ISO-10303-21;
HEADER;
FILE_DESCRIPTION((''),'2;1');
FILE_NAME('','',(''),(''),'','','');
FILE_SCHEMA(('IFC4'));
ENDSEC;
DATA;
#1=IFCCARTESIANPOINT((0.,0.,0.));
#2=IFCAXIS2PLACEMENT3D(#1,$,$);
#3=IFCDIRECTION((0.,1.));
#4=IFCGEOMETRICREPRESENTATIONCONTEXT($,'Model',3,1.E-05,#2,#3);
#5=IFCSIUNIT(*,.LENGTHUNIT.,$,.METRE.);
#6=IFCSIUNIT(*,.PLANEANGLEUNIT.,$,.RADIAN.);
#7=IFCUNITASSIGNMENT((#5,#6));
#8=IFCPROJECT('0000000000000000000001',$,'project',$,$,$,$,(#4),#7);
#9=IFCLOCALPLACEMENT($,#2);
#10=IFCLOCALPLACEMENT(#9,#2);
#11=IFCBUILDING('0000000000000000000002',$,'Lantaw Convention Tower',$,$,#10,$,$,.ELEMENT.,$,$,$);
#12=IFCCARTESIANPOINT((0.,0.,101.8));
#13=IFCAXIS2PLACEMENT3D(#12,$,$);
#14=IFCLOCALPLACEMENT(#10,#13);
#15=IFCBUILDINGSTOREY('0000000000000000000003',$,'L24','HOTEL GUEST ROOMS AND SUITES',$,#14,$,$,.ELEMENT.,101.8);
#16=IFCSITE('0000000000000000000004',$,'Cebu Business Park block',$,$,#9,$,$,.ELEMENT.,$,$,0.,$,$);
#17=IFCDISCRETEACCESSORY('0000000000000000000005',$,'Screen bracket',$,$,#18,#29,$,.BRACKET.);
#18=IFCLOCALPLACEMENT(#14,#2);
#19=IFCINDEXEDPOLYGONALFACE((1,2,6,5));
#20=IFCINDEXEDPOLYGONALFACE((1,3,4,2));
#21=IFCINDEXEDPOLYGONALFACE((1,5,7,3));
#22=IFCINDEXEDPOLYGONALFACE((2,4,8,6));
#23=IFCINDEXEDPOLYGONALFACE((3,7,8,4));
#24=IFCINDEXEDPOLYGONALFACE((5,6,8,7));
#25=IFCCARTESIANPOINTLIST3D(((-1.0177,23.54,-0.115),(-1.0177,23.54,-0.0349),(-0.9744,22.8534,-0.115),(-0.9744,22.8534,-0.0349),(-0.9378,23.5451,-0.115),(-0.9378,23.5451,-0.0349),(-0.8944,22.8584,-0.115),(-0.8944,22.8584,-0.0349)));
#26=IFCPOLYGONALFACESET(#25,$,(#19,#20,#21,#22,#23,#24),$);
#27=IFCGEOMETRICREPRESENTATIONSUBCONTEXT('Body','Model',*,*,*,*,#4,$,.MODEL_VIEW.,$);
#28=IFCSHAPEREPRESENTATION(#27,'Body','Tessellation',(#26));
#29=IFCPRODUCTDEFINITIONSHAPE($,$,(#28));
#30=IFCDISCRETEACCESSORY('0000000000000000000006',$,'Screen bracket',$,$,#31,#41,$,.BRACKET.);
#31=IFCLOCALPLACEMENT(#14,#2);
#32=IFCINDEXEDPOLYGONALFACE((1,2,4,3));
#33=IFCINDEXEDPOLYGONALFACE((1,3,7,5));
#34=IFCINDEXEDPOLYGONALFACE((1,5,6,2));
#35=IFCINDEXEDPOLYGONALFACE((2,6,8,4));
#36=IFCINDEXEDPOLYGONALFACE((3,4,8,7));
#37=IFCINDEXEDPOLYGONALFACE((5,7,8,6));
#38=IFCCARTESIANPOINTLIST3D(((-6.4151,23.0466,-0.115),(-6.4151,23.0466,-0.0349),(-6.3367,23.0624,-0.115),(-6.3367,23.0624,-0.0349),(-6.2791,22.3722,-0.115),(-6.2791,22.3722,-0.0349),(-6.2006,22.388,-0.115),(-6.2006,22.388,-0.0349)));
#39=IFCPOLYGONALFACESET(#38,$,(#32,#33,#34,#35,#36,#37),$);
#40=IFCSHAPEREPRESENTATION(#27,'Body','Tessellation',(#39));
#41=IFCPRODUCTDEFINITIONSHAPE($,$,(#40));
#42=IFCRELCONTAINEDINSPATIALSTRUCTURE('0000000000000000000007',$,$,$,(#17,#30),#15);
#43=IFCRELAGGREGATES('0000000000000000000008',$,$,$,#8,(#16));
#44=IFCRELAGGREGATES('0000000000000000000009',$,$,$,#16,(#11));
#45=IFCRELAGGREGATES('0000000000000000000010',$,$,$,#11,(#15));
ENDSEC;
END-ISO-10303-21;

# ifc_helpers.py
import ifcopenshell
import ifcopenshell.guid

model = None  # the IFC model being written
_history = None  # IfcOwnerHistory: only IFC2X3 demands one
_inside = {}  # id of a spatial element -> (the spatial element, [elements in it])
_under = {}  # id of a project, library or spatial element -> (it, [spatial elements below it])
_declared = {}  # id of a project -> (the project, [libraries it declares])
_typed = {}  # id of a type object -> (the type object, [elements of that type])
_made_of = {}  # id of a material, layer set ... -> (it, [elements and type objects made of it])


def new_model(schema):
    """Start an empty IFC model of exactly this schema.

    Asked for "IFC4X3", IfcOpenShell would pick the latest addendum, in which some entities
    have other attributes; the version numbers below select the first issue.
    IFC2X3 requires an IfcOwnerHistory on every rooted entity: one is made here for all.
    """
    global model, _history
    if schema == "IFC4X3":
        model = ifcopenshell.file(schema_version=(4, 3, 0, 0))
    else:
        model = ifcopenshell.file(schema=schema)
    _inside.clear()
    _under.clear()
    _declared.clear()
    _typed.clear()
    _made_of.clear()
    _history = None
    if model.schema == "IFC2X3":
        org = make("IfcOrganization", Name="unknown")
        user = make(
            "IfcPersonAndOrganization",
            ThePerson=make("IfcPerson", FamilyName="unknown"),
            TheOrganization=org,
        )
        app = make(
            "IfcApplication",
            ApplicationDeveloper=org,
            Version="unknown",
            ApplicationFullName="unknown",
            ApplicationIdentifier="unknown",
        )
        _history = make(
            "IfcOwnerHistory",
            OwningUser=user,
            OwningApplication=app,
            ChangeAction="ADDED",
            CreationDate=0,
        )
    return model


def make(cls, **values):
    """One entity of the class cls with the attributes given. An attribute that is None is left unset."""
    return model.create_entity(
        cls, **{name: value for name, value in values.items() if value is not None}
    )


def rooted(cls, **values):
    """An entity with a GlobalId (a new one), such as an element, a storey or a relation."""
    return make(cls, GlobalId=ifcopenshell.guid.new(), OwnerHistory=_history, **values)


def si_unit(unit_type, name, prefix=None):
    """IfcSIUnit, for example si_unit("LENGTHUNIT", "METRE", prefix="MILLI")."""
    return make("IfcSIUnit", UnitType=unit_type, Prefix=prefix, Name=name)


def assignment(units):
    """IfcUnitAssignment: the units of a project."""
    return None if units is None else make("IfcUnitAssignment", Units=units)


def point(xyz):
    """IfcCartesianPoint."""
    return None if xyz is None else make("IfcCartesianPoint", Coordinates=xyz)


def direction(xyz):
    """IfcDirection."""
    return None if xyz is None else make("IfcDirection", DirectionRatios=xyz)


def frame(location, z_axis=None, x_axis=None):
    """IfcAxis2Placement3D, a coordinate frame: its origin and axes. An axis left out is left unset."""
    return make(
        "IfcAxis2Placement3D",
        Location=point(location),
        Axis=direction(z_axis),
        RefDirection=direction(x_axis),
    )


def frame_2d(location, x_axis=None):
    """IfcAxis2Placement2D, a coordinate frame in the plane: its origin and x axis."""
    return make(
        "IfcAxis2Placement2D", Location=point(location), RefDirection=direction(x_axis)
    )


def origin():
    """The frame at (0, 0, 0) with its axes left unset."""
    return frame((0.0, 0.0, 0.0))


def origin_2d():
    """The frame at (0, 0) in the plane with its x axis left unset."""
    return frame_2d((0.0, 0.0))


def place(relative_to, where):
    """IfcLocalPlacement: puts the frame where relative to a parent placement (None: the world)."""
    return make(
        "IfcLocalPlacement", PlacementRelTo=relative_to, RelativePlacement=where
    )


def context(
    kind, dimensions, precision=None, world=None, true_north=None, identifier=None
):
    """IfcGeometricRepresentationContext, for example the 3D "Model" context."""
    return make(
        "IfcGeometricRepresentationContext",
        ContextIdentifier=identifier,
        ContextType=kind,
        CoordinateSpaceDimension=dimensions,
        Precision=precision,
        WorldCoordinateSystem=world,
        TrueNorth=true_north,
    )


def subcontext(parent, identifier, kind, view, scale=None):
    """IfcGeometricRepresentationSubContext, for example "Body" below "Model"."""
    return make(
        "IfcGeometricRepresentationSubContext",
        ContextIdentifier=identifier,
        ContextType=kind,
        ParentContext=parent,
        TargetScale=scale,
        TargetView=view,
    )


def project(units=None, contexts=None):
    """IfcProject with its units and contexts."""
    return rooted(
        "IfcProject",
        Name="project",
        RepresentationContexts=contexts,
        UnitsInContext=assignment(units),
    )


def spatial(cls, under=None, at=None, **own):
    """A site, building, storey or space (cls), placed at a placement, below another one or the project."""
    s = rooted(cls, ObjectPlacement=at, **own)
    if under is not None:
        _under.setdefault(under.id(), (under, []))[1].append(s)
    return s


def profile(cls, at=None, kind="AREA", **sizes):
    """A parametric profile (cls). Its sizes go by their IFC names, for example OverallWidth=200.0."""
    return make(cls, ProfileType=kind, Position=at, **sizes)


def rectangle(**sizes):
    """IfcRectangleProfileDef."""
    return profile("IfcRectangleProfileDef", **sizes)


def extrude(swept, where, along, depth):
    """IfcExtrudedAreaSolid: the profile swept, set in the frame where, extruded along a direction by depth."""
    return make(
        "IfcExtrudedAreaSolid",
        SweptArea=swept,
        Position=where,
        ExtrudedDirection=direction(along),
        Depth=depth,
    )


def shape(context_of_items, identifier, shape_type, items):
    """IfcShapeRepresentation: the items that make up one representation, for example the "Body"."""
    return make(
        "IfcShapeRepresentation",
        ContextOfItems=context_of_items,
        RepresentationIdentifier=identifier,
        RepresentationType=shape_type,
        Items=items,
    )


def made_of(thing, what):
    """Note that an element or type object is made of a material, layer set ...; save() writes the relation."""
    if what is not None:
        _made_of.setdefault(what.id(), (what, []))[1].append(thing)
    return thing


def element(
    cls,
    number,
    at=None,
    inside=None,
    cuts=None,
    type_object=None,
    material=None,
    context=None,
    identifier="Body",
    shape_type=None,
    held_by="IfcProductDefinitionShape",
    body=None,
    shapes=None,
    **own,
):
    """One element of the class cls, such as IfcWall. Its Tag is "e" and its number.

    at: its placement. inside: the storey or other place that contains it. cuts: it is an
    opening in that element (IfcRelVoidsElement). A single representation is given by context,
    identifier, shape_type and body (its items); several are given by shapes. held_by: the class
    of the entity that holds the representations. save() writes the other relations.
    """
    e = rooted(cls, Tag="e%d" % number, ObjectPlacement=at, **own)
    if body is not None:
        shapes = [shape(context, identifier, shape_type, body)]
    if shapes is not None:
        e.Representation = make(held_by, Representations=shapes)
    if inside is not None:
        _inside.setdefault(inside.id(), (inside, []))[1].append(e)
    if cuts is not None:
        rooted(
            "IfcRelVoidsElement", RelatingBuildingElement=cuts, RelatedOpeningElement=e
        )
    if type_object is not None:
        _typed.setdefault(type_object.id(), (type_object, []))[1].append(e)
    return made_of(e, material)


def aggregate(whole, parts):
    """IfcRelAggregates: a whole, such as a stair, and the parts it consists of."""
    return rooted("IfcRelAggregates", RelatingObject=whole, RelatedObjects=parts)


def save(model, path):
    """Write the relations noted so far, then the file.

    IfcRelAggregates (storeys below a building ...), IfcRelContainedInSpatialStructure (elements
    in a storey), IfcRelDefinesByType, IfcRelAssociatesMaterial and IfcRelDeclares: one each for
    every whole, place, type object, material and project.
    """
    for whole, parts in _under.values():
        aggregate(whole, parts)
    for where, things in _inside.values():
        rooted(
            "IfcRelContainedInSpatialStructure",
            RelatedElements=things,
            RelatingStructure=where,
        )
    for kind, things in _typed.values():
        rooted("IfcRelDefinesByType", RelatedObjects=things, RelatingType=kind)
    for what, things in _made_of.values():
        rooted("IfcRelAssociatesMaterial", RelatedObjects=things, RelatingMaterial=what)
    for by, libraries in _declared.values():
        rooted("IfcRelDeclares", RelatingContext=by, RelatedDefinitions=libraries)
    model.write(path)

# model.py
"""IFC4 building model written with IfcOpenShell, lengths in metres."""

from ifc_helpers import new_model, si_unit, direction, frame, origin, origin_2d, place, context, subcontext, project, spatial, rectangle, extrude, element, save


model = new_model("IFC4")

# Units and contexts
model_context = context("Model", 3, precision=1e-05, world=origin(), true_north=direction((0.0, 1.0)))
body_context = subcontext(model_context, "Body", "Model", "MODEL_VIEW")
ifc_project = project(units=[si_unit("LENGTHUNIT", "METRE"), si_unit("PLANEANGLEUNIT", "RADIAN")], contexts=[model_context])

# Site, building, storey
site_placement = place(None, origin())
site = spatial("IfcSite", under=ifc_project, at=site_placement, Name="Cebu Business Park block", CompositionType="ELEMENT", RefElevation=0.0)
building_placement = place(site_placement, origin())
building = spatial("IfcBuilding", under=site, at=building_placement, Name="Lantaw Convention Tower", CompositionType="ELEMENT")
storey_placement = place(building_placement, frame((0.0, 0.0, 101.8)))
storey = spatial("IfcBuildingStorey", under=building, at=storey_placement, Name="L24", Description="HOTEL GUEST ROOMS AND SUITES", CompositionType="ELEMENT", Elevation=101.8)

# Discrete accessories
for number, where, z_axis, x_axis, name in (
    (1, (-0.9561, 23.1992, -0.115), (0.0, 0.0, 1.0), (-0.998016, -0.062958, 0.0), "Screen bracket"),
    (2, (-6.3079, 22.7173, -0.115), (0.0, 0.0, 1.0), (-0.980245, -0.197789, 0.0), "Screen bracket"),
):
    element("IfcDiscreteAccessory", number, at=place(storey_placement, frame(where, z_axis=z_axis, x_axis=x_axis)), inside=storey, Name=name, PredefinedType="BRACKET", context=body_context, shape_type="SweptSolid", body=[
        extrude(rectangle(XDim=0.0801, YDim=0.688, at=origin_2d()), origin(), (0.0, 0.0, 1.0), 0.0801),
    ])

save(model, "model.ifc")
